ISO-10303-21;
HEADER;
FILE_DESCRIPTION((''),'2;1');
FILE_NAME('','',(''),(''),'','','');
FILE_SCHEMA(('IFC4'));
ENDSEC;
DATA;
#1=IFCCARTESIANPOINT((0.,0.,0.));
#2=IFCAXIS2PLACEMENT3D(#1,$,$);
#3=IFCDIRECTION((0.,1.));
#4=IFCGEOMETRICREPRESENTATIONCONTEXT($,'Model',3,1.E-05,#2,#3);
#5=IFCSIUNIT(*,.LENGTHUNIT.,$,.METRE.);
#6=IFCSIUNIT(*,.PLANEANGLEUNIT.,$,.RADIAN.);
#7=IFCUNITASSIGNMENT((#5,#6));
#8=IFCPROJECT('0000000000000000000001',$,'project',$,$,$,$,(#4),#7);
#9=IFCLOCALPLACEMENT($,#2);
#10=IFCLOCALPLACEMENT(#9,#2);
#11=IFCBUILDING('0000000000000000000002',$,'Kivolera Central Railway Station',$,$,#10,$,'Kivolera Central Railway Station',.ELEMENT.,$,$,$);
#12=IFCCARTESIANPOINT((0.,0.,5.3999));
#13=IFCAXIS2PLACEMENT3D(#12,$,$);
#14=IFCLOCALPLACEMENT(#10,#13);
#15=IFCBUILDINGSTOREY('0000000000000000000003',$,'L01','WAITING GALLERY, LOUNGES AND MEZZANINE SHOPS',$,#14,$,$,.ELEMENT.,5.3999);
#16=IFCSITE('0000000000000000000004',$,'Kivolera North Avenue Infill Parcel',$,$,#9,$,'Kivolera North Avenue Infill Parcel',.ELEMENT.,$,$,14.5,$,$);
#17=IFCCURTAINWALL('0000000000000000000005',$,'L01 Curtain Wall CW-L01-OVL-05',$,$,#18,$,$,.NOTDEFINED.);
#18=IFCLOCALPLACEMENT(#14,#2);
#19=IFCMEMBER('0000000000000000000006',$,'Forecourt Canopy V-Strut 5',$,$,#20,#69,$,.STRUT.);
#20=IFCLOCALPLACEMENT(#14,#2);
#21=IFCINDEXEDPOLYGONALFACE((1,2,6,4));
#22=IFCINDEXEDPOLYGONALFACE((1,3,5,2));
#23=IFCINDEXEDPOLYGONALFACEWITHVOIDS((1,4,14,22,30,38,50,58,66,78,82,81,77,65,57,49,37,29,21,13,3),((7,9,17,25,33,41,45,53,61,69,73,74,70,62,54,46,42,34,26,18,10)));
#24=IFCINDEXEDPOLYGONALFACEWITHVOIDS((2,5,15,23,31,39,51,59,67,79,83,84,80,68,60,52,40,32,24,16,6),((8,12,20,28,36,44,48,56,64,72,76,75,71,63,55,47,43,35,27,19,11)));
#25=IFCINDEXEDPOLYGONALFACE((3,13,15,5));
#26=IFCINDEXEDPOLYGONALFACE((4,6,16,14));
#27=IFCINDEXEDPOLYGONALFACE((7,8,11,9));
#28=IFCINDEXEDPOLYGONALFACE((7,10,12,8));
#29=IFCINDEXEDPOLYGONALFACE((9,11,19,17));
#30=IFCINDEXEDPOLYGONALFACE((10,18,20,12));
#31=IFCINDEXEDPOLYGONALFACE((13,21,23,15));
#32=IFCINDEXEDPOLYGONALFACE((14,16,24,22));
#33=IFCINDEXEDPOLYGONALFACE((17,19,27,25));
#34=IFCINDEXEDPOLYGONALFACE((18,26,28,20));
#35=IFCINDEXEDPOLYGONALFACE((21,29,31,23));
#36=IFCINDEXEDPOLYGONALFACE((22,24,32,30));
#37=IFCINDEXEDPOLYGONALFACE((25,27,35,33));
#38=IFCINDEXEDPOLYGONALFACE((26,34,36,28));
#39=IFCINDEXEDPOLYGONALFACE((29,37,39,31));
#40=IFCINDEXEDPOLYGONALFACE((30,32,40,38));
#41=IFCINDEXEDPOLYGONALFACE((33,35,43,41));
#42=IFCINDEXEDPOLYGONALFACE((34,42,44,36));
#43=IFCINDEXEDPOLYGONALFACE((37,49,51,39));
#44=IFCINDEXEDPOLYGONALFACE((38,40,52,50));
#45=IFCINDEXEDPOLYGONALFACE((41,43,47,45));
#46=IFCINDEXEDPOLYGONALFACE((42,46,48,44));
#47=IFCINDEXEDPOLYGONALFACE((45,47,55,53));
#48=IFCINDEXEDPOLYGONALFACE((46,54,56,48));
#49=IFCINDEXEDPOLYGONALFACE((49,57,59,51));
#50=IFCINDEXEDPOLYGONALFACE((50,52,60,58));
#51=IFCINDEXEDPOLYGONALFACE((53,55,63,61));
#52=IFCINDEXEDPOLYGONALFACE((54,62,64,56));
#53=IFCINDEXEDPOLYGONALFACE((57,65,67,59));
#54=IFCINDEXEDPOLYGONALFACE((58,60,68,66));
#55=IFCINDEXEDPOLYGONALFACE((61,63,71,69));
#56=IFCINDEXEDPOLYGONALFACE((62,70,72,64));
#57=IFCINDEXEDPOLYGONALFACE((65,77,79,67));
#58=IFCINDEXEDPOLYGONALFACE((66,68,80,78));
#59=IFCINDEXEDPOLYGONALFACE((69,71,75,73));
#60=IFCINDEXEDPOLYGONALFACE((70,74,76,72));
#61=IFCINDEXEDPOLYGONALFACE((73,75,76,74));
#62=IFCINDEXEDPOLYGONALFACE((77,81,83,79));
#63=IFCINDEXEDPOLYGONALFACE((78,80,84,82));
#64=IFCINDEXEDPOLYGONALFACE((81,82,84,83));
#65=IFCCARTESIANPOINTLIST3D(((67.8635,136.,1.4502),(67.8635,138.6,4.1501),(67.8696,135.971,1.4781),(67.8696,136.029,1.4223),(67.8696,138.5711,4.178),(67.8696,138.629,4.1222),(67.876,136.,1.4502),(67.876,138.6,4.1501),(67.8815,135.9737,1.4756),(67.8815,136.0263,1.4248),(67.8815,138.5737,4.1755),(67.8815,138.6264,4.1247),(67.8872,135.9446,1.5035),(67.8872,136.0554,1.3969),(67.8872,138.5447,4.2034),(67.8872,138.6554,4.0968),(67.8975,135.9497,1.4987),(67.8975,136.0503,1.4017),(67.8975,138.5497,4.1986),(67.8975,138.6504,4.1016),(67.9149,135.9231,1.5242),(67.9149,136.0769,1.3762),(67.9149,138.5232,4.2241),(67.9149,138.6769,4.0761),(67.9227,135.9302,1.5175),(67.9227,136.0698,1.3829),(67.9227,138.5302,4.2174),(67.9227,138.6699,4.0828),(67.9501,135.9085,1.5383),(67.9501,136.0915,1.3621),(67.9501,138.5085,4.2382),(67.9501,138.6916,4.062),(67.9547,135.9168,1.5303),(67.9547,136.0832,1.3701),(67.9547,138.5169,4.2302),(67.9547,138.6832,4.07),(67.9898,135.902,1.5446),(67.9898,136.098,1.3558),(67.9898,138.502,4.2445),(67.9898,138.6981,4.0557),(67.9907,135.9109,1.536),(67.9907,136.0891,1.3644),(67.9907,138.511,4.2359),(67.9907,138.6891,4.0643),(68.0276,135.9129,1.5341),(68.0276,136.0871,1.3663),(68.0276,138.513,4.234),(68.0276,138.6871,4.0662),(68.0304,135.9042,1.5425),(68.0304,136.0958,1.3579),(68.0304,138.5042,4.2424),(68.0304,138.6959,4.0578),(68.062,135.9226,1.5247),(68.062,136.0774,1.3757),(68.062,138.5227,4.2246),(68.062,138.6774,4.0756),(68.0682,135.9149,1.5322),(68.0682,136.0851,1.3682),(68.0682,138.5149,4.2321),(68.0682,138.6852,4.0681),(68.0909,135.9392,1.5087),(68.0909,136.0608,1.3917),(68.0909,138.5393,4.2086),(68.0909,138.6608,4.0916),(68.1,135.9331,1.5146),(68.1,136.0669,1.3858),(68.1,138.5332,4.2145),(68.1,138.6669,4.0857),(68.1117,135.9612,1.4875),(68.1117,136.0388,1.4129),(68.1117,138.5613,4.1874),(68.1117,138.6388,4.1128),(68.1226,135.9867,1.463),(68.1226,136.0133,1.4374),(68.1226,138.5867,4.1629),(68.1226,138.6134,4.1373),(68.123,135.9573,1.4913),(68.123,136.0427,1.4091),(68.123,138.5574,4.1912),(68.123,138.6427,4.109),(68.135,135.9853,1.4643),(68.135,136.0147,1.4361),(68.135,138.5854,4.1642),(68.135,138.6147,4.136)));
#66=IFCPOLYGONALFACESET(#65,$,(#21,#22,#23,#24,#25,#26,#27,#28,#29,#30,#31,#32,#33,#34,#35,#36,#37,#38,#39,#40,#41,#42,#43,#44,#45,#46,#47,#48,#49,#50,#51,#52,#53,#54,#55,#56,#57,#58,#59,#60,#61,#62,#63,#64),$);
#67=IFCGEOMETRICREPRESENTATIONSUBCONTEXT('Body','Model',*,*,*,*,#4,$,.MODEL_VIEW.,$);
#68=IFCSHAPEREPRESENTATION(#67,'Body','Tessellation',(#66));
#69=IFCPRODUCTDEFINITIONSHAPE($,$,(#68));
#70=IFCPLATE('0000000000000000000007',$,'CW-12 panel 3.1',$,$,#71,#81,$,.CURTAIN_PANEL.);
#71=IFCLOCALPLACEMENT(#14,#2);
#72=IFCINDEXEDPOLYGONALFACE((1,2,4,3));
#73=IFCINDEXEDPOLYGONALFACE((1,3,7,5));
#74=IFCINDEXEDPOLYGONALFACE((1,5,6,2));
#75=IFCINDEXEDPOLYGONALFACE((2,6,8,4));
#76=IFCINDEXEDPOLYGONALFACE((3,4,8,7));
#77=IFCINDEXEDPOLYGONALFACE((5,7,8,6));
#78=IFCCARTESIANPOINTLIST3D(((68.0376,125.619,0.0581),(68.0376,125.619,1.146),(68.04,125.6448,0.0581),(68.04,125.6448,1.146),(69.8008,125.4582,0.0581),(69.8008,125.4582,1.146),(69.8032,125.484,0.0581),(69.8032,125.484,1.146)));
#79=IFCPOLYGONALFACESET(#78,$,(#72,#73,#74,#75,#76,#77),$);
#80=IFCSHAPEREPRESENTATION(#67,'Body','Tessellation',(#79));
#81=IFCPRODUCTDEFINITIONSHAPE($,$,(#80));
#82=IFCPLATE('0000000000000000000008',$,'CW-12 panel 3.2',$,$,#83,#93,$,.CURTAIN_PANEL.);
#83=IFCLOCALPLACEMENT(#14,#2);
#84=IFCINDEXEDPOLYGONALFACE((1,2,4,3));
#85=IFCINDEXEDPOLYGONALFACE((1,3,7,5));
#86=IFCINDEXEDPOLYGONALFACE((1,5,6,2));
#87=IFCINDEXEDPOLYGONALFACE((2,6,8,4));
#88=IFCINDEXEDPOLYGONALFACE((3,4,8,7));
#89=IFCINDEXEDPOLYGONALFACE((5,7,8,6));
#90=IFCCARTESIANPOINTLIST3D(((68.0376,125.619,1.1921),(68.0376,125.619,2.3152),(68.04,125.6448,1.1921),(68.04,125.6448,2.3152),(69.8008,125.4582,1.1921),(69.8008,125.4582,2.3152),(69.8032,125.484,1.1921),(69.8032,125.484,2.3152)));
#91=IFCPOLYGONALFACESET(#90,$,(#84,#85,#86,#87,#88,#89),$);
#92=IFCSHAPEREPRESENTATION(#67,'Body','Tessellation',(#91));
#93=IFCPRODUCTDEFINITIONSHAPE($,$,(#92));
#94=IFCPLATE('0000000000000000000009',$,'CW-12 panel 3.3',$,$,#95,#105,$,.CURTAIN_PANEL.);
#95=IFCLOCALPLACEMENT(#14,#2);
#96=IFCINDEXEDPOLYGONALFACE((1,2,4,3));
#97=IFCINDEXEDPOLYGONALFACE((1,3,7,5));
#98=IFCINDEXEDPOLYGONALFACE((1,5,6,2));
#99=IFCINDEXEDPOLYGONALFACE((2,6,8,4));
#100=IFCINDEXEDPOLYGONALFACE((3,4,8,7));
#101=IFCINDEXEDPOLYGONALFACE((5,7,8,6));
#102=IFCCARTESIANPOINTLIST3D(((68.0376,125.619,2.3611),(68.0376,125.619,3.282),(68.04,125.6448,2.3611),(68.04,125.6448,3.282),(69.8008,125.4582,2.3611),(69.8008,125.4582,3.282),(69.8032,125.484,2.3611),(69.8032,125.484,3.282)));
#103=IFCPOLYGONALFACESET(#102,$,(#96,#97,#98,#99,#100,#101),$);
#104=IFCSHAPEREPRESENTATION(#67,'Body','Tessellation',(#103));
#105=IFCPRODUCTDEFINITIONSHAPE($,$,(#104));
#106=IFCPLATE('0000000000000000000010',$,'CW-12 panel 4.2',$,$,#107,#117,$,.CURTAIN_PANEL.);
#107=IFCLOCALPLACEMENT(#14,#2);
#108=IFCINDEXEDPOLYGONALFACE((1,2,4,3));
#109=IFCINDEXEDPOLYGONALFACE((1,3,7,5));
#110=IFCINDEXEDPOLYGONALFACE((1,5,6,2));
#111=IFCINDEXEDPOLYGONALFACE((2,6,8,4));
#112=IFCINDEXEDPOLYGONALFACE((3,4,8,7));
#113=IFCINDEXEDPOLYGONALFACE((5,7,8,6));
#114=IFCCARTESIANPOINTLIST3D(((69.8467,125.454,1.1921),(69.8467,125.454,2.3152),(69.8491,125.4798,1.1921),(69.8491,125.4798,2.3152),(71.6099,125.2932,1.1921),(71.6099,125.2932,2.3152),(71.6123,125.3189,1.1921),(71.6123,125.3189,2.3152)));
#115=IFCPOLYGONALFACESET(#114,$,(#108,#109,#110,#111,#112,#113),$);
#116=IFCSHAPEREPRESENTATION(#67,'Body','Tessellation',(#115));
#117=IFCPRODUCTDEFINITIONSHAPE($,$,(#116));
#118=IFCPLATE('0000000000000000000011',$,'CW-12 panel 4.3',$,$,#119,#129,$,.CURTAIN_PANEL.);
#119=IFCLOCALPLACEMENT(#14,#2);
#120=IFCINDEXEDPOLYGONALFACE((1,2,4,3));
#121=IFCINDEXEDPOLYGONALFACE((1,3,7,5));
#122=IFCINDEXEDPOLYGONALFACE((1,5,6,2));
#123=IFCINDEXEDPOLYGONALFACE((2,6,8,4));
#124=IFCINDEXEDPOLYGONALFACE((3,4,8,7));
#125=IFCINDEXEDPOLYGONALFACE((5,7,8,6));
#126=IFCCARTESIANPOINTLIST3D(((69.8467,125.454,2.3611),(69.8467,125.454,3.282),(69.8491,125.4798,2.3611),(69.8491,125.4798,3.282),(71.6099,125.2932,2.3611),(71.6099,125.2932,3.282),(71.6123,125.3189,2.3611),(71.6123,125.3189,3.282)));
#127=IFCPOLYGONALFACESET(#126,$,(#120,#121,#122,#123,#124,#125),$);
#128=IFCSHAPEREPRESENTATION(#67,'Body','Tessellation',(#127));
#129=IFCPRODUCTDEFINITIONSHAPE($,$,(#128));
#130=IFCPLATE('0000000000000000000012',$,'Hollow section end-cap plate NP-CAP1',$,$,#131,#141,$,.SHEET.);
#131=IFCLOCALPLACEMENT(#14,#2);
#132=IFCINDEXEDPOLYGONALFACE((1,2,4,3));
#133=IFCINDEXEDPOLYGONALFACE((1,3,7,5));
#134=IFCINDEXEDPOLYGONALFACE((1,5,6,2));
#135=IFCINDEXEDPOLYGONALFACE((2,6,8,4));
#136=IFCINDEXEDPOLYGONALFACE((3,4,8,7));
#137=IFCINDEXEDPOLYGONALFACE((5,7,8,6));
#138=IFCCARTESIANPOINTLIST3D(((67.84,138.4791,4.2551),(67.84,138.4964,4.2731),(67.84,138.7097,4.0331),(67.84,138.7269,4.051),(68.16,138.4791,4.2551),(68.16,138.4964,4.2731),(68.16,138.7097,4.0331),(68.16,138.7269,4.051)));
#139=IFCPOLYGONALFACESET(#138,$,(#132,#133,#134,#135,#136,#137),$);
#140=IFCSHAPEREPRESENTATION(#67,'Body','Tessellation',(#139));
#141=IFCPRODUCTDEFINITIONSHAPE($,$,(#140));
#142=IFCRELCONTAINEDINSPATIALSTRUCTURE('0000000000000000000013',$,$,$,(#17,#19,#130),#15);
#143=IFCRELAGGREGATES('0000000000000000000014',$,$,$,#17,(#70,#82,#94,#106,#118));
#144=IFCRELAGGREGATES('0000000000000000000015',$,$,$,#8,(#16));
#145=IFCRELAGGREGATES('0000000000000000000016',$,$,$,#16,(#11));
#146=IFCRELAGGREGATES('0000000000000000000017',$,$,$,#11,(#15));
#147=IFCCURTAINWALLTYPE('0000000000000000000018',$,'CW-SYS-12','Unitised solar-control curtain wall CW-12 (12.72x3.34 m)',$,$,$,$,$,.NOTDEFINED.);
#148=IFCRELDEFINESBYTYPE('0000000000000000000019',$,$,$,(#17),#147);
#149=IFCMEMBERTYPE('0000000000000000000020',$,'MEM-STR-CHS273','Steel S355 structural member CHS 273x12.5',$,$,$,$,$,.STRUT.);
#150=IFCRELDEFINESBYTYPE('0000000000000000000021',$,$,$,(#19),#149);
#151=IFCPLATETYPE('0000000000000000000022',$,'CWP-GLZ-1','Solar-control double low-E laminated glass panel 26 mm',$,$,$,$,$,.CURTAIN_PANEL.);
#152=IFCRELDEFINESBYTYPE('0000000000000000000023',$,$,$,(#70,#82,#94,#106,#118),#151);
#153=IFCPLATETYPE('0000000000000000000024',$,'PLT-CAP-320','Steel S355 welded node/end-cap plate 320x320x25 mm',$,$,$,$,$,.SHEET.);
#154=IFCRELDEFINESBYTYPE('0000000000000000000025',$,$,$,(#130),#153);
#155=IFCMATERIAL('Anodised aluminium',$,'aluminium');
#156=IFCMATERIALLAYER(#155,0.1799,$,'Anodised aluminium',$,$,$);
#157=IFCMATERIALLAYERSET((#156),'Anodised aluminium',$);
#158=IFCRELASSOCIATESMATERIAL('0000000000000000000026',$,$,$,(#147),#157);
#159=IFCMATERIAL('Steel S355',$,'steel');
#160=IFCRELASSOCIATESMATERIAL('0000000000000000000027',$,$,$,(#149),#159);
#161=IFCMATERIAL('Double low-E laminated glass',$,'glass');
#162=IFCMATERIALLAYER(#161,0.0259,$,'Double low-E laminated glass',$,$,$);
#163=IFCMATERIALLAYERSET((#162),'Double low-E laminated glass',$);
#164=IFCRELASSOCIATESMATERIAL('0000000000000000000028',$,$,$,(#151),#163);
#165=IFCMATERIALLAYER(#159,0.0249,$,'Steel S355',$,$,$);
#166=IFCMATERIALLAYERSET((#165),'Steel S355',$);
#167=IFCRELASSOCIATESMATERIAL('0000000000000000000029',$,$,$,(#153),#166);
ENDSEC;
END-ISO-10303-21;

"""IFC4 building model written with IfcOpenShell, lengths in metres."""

from ifc_helpers import new_model, si_unit, direction, frame, origin, origin_2d, place, context, subcontext, project, spatial, rectangle, hollow_circle, extrude, material, layer, layer_set, material_profile, profile_set, type_object, element, aggregate, save


model = new_model("IFC4")

# Units and contexts
model_context = context("Model", 3, precision=1e-05, world=origin(), true_north=direction((0.0, 1.0)))
body_context = subcontext(model_context, "Body", "Model", "MODEL_VIEW")
ifc_project = project(units=[si_unit("LENGTHUNIT", "METRE"), si_unit("PLANEANGLEUNIT", "RADIAN")], contexts=[model_context])

# Site, building, storey
site_placement = place(None, origin())
site = spatial("IfcSite", under=ifc_project, at=site_placement, Name="Kivolera North Avenue Infill Parcel", LongName="Kivolera North Avenue Infill Parcel", CompositionType="ELEMENT", RefElevation=14.5)
building_placement = place(site_placement, origin())
building = spatial("IfcBuilding", under=site, at=building_placement, Name="Kivolera Central Railway Station", LongName="Kivolera Central Railway Station", CompositionType="ELEMENT")
storey_placement = place(building_placement, frame((0.0, 0.0, 5.3999)))
storey = spatial("IfcBuildingStorey", under=building, at=storey_placement, Name="L01", Description="WAITING GALLERY, LOUNGES AND MEZZANINE SHOPS", CompositionType="ELEMENT", Elevation=5.3999)

# Shared definitions
ifc_material_1 = material(Name="Steel S355", Category="steel")

# Curtain wall
ifc_material_2 = material(Name="Anodised aluminium", Category="aluminium")
ifc_layer_1 = layer(ifc_material_2, 0.1799, Name="Anodised aluminium")
ifc_layer_set_1 = layer_set([ifc_layer_1], Name="Anodised aluminium")
curtain_wall_type = type_object("IfcCurtainWallType", Name="CW-SYS-12", Description="Unitised solar-control curtain wall CW-12 (12.72x3.34 m)", PredefinedType="NOTDEFINED", material=ifc_layer_set_1)
curtain_wall_placement = place(storey_placement, origin())
curtain_wall = element("IfcCurtainWall", 1, at=curtain_wall_placement, inside=storey, type_object=curtain_wall_type, Name="L01 Curtain Wall CW-L01-OVL-05", PredefinedType="NOTDEFINED")

# Member
ifc_material_profile_1 = material_profile(ifc_material_1, hollow_circle(Radius=0.1365, WallThickness=0.0125, at=origin_2d()), Name="CHS 273x12.5")
ifc_profile_set_1 = profile_set([ifc_material_profile_1], Name="Steel S355")
member_type_1 = type_object("IfcMemberType", Name="MEM-STR-CHS273", Description="Steel S355 structural member CHS 273x12.5", PredefinedType="STRUT", material=ifc_profile_set_1)
member_1_placement = place(storey_placement, frame((68.0, 136.0, 1.4502), z_axis=(0.0, 0.693662, 0.720301), x_axis=(-1.0, 0.0, 0.0)))
element("IfcMember", 2, at=member_1_placement, inside=storey, type_object=member_type_1, Name="Forecourt Canopy V-Strut 5", PredefinedType="STRUT", context=body_context, shape_type="SweptSolid", body=[
    extrude(hollow_circle(Radius=0.1365, WallThickness=0.0125, at=origin_2d()), origin(), (0.0, 0.0, 1.0), 3.7483),
])

# Plates
ifc_material_3 = material(Name="Double low-E laminated glass", Category="glass")
ifc_layer_2 = layer(ifc_material_3, 0.0259, Name="Double low-E laminated glass")
ifc_layer_set_2 = layer_set([ifc_layer_2], Name="Double low-E laminated glass")
plate_type_1 = type_object("IfcPlateType", Name="CWP-GLZ-1", Description="Solar-control double low-E laminated glass panel 26 mm", PredefinedType="CURTAIN_PANEL", material=ifc_layer_set_2)
plate_1_placement = place(storey_placement, frame((68.9204, 125.5515, 0.0581), z_axis=(0.0, 0.0, 1.0), x_axis=(0.995866, -0.090834, 0.0)))
plate_1 = element("IfcPlate", 3, at=plate_1_placement, type_object=plate_type_1, Name="CW-12 panel 3.1", PredefinedType="CURTAIN_PANEL", context=body_context, shape_type="SweptSolid", body=[
    extrude(rectangle(XDim=1.7705, YDim=0.0259, at=origin_2d()), origin(), (0.0, 0.0, 1.0), 1.0879),
])
plate_2_placement = place(storey_placement, frame((68.9204, 125.5515, 1.1921), z_axis=(0.0, 0.0, 1.0), x_axis=(0.995866, -0.090834, 0.0)))
plate_2 = element("IfcPlate", 4, at=plate_2_placement, type_object=plate_type_1, Name="CW-12 panel 3.2", PredefinedType="CURTAIN_PANEL", context=body_context, shape_type="SweptSolid", body=[
    extrude(rectangle(XDim=1.7705, YDim=0.0259, at=origin_2d()), origin(), (0.0, 0.0, 1.0), 1.123),
])
plate_3_placement = place(storey_placement, frame((68.9204, 125.5515, 2.3611), z_axis=(0.0, 0.0, 1.0), x_axis=(0.995866, -0.090834, 0.0)))
plate_3 = element("IfcPlate", 5, at=plate_3_placement, type_object=plate_type_1, Name="CW-12 panel 3.3", PredefinedType="CURTAIN_PANEL", context=body_context, shape_type="SweptSolid", body=[
    extrude(rectangle(XDim=1.7705, YDim=0.0259, at=origin_2d()), origin(), (0.0, 0.0, 1.0), 0.9209),
])
plate_4_placement = place(storey_placement, frame((70.7295, 125.3865, 1.1921), z_axis=(0.0, 0.0, 1.0), x_axis=(0.995866, -0.090834, 0.0)))
plate_4 = element("IfcPlate", 6, at=plate_4_placement, type_object=plate_type_1, Name="CW-12 panel 4.2", PredefinedType="CURTAIN_PANEL", context=body_context, shape_type="SweptSolid", body=[
    extrude(rectangle(XDim=1.7705, YDim=0.0259, at=origin_2d()), origin(), (0.0, 0.0, 1.0), 1.123),
])
plate_5_placement = place(storey_placement, frame((70.7295, 125.3865, 2.3611), z_axis=(0.0, 0.0, 1.0), x_axis=(0.995866, -0.090834, 0.0)))
plate_5 = element("IfcPlate", 7, at=plate_5_placement, type_object=plate_type_1, Name="CW-12 panel 4.3", PredefinedType="CURTAIN_PANEL", context=body_context, shape_type="SweptSolid", body=[
    extrude(rectangle(XDim=1.7705, YDim=0.0259, at=origin_2d()), origin(), (0.0, 0.0, 1.0), 0.9209),
])
aggregate(curtain_wall, [plate_1, plate_2, plate_3, plate_4, plate_5])
ifc_layer_3 = layer(ifc_material_1, 0.0249, Name="Steel S355")
ifc_layer_set_3 = layer_set([ifc_layer_3], Name="Steel S355")
plate_type_2 = type_object("IfcPlateType", Name="PLT-CAP-320", Description="Steel S355 welded node/end-cap plate 320x320x25 mm", PredefinedType="SHEET", material=ifc_layer_set_3)
plate_6_placement = place(storey_placement, frame((68.0, 138.603, 4.1531), z_axis=(0.0, 0.693642, 0.72032), x_axis=(-1.0, 0.0, 0.0)))
element("IfcPlate", 8, at=plate_6_placement, inside=storey, type_object=plate_type_2, Name="Hollow section end-cap plate NP-CAP1", PredefinedType="SHEET", context=body_context, shape_type="SweptSolid", body=[
    extrude(rectangle(XDim=0.3201, YDim=0.3201, at=origin_2d()), frame((0.0, 0.0, -0.0125)), (0.0, 0.0, 1.0), 0.0249),
])

save(model, "model.ifc")
